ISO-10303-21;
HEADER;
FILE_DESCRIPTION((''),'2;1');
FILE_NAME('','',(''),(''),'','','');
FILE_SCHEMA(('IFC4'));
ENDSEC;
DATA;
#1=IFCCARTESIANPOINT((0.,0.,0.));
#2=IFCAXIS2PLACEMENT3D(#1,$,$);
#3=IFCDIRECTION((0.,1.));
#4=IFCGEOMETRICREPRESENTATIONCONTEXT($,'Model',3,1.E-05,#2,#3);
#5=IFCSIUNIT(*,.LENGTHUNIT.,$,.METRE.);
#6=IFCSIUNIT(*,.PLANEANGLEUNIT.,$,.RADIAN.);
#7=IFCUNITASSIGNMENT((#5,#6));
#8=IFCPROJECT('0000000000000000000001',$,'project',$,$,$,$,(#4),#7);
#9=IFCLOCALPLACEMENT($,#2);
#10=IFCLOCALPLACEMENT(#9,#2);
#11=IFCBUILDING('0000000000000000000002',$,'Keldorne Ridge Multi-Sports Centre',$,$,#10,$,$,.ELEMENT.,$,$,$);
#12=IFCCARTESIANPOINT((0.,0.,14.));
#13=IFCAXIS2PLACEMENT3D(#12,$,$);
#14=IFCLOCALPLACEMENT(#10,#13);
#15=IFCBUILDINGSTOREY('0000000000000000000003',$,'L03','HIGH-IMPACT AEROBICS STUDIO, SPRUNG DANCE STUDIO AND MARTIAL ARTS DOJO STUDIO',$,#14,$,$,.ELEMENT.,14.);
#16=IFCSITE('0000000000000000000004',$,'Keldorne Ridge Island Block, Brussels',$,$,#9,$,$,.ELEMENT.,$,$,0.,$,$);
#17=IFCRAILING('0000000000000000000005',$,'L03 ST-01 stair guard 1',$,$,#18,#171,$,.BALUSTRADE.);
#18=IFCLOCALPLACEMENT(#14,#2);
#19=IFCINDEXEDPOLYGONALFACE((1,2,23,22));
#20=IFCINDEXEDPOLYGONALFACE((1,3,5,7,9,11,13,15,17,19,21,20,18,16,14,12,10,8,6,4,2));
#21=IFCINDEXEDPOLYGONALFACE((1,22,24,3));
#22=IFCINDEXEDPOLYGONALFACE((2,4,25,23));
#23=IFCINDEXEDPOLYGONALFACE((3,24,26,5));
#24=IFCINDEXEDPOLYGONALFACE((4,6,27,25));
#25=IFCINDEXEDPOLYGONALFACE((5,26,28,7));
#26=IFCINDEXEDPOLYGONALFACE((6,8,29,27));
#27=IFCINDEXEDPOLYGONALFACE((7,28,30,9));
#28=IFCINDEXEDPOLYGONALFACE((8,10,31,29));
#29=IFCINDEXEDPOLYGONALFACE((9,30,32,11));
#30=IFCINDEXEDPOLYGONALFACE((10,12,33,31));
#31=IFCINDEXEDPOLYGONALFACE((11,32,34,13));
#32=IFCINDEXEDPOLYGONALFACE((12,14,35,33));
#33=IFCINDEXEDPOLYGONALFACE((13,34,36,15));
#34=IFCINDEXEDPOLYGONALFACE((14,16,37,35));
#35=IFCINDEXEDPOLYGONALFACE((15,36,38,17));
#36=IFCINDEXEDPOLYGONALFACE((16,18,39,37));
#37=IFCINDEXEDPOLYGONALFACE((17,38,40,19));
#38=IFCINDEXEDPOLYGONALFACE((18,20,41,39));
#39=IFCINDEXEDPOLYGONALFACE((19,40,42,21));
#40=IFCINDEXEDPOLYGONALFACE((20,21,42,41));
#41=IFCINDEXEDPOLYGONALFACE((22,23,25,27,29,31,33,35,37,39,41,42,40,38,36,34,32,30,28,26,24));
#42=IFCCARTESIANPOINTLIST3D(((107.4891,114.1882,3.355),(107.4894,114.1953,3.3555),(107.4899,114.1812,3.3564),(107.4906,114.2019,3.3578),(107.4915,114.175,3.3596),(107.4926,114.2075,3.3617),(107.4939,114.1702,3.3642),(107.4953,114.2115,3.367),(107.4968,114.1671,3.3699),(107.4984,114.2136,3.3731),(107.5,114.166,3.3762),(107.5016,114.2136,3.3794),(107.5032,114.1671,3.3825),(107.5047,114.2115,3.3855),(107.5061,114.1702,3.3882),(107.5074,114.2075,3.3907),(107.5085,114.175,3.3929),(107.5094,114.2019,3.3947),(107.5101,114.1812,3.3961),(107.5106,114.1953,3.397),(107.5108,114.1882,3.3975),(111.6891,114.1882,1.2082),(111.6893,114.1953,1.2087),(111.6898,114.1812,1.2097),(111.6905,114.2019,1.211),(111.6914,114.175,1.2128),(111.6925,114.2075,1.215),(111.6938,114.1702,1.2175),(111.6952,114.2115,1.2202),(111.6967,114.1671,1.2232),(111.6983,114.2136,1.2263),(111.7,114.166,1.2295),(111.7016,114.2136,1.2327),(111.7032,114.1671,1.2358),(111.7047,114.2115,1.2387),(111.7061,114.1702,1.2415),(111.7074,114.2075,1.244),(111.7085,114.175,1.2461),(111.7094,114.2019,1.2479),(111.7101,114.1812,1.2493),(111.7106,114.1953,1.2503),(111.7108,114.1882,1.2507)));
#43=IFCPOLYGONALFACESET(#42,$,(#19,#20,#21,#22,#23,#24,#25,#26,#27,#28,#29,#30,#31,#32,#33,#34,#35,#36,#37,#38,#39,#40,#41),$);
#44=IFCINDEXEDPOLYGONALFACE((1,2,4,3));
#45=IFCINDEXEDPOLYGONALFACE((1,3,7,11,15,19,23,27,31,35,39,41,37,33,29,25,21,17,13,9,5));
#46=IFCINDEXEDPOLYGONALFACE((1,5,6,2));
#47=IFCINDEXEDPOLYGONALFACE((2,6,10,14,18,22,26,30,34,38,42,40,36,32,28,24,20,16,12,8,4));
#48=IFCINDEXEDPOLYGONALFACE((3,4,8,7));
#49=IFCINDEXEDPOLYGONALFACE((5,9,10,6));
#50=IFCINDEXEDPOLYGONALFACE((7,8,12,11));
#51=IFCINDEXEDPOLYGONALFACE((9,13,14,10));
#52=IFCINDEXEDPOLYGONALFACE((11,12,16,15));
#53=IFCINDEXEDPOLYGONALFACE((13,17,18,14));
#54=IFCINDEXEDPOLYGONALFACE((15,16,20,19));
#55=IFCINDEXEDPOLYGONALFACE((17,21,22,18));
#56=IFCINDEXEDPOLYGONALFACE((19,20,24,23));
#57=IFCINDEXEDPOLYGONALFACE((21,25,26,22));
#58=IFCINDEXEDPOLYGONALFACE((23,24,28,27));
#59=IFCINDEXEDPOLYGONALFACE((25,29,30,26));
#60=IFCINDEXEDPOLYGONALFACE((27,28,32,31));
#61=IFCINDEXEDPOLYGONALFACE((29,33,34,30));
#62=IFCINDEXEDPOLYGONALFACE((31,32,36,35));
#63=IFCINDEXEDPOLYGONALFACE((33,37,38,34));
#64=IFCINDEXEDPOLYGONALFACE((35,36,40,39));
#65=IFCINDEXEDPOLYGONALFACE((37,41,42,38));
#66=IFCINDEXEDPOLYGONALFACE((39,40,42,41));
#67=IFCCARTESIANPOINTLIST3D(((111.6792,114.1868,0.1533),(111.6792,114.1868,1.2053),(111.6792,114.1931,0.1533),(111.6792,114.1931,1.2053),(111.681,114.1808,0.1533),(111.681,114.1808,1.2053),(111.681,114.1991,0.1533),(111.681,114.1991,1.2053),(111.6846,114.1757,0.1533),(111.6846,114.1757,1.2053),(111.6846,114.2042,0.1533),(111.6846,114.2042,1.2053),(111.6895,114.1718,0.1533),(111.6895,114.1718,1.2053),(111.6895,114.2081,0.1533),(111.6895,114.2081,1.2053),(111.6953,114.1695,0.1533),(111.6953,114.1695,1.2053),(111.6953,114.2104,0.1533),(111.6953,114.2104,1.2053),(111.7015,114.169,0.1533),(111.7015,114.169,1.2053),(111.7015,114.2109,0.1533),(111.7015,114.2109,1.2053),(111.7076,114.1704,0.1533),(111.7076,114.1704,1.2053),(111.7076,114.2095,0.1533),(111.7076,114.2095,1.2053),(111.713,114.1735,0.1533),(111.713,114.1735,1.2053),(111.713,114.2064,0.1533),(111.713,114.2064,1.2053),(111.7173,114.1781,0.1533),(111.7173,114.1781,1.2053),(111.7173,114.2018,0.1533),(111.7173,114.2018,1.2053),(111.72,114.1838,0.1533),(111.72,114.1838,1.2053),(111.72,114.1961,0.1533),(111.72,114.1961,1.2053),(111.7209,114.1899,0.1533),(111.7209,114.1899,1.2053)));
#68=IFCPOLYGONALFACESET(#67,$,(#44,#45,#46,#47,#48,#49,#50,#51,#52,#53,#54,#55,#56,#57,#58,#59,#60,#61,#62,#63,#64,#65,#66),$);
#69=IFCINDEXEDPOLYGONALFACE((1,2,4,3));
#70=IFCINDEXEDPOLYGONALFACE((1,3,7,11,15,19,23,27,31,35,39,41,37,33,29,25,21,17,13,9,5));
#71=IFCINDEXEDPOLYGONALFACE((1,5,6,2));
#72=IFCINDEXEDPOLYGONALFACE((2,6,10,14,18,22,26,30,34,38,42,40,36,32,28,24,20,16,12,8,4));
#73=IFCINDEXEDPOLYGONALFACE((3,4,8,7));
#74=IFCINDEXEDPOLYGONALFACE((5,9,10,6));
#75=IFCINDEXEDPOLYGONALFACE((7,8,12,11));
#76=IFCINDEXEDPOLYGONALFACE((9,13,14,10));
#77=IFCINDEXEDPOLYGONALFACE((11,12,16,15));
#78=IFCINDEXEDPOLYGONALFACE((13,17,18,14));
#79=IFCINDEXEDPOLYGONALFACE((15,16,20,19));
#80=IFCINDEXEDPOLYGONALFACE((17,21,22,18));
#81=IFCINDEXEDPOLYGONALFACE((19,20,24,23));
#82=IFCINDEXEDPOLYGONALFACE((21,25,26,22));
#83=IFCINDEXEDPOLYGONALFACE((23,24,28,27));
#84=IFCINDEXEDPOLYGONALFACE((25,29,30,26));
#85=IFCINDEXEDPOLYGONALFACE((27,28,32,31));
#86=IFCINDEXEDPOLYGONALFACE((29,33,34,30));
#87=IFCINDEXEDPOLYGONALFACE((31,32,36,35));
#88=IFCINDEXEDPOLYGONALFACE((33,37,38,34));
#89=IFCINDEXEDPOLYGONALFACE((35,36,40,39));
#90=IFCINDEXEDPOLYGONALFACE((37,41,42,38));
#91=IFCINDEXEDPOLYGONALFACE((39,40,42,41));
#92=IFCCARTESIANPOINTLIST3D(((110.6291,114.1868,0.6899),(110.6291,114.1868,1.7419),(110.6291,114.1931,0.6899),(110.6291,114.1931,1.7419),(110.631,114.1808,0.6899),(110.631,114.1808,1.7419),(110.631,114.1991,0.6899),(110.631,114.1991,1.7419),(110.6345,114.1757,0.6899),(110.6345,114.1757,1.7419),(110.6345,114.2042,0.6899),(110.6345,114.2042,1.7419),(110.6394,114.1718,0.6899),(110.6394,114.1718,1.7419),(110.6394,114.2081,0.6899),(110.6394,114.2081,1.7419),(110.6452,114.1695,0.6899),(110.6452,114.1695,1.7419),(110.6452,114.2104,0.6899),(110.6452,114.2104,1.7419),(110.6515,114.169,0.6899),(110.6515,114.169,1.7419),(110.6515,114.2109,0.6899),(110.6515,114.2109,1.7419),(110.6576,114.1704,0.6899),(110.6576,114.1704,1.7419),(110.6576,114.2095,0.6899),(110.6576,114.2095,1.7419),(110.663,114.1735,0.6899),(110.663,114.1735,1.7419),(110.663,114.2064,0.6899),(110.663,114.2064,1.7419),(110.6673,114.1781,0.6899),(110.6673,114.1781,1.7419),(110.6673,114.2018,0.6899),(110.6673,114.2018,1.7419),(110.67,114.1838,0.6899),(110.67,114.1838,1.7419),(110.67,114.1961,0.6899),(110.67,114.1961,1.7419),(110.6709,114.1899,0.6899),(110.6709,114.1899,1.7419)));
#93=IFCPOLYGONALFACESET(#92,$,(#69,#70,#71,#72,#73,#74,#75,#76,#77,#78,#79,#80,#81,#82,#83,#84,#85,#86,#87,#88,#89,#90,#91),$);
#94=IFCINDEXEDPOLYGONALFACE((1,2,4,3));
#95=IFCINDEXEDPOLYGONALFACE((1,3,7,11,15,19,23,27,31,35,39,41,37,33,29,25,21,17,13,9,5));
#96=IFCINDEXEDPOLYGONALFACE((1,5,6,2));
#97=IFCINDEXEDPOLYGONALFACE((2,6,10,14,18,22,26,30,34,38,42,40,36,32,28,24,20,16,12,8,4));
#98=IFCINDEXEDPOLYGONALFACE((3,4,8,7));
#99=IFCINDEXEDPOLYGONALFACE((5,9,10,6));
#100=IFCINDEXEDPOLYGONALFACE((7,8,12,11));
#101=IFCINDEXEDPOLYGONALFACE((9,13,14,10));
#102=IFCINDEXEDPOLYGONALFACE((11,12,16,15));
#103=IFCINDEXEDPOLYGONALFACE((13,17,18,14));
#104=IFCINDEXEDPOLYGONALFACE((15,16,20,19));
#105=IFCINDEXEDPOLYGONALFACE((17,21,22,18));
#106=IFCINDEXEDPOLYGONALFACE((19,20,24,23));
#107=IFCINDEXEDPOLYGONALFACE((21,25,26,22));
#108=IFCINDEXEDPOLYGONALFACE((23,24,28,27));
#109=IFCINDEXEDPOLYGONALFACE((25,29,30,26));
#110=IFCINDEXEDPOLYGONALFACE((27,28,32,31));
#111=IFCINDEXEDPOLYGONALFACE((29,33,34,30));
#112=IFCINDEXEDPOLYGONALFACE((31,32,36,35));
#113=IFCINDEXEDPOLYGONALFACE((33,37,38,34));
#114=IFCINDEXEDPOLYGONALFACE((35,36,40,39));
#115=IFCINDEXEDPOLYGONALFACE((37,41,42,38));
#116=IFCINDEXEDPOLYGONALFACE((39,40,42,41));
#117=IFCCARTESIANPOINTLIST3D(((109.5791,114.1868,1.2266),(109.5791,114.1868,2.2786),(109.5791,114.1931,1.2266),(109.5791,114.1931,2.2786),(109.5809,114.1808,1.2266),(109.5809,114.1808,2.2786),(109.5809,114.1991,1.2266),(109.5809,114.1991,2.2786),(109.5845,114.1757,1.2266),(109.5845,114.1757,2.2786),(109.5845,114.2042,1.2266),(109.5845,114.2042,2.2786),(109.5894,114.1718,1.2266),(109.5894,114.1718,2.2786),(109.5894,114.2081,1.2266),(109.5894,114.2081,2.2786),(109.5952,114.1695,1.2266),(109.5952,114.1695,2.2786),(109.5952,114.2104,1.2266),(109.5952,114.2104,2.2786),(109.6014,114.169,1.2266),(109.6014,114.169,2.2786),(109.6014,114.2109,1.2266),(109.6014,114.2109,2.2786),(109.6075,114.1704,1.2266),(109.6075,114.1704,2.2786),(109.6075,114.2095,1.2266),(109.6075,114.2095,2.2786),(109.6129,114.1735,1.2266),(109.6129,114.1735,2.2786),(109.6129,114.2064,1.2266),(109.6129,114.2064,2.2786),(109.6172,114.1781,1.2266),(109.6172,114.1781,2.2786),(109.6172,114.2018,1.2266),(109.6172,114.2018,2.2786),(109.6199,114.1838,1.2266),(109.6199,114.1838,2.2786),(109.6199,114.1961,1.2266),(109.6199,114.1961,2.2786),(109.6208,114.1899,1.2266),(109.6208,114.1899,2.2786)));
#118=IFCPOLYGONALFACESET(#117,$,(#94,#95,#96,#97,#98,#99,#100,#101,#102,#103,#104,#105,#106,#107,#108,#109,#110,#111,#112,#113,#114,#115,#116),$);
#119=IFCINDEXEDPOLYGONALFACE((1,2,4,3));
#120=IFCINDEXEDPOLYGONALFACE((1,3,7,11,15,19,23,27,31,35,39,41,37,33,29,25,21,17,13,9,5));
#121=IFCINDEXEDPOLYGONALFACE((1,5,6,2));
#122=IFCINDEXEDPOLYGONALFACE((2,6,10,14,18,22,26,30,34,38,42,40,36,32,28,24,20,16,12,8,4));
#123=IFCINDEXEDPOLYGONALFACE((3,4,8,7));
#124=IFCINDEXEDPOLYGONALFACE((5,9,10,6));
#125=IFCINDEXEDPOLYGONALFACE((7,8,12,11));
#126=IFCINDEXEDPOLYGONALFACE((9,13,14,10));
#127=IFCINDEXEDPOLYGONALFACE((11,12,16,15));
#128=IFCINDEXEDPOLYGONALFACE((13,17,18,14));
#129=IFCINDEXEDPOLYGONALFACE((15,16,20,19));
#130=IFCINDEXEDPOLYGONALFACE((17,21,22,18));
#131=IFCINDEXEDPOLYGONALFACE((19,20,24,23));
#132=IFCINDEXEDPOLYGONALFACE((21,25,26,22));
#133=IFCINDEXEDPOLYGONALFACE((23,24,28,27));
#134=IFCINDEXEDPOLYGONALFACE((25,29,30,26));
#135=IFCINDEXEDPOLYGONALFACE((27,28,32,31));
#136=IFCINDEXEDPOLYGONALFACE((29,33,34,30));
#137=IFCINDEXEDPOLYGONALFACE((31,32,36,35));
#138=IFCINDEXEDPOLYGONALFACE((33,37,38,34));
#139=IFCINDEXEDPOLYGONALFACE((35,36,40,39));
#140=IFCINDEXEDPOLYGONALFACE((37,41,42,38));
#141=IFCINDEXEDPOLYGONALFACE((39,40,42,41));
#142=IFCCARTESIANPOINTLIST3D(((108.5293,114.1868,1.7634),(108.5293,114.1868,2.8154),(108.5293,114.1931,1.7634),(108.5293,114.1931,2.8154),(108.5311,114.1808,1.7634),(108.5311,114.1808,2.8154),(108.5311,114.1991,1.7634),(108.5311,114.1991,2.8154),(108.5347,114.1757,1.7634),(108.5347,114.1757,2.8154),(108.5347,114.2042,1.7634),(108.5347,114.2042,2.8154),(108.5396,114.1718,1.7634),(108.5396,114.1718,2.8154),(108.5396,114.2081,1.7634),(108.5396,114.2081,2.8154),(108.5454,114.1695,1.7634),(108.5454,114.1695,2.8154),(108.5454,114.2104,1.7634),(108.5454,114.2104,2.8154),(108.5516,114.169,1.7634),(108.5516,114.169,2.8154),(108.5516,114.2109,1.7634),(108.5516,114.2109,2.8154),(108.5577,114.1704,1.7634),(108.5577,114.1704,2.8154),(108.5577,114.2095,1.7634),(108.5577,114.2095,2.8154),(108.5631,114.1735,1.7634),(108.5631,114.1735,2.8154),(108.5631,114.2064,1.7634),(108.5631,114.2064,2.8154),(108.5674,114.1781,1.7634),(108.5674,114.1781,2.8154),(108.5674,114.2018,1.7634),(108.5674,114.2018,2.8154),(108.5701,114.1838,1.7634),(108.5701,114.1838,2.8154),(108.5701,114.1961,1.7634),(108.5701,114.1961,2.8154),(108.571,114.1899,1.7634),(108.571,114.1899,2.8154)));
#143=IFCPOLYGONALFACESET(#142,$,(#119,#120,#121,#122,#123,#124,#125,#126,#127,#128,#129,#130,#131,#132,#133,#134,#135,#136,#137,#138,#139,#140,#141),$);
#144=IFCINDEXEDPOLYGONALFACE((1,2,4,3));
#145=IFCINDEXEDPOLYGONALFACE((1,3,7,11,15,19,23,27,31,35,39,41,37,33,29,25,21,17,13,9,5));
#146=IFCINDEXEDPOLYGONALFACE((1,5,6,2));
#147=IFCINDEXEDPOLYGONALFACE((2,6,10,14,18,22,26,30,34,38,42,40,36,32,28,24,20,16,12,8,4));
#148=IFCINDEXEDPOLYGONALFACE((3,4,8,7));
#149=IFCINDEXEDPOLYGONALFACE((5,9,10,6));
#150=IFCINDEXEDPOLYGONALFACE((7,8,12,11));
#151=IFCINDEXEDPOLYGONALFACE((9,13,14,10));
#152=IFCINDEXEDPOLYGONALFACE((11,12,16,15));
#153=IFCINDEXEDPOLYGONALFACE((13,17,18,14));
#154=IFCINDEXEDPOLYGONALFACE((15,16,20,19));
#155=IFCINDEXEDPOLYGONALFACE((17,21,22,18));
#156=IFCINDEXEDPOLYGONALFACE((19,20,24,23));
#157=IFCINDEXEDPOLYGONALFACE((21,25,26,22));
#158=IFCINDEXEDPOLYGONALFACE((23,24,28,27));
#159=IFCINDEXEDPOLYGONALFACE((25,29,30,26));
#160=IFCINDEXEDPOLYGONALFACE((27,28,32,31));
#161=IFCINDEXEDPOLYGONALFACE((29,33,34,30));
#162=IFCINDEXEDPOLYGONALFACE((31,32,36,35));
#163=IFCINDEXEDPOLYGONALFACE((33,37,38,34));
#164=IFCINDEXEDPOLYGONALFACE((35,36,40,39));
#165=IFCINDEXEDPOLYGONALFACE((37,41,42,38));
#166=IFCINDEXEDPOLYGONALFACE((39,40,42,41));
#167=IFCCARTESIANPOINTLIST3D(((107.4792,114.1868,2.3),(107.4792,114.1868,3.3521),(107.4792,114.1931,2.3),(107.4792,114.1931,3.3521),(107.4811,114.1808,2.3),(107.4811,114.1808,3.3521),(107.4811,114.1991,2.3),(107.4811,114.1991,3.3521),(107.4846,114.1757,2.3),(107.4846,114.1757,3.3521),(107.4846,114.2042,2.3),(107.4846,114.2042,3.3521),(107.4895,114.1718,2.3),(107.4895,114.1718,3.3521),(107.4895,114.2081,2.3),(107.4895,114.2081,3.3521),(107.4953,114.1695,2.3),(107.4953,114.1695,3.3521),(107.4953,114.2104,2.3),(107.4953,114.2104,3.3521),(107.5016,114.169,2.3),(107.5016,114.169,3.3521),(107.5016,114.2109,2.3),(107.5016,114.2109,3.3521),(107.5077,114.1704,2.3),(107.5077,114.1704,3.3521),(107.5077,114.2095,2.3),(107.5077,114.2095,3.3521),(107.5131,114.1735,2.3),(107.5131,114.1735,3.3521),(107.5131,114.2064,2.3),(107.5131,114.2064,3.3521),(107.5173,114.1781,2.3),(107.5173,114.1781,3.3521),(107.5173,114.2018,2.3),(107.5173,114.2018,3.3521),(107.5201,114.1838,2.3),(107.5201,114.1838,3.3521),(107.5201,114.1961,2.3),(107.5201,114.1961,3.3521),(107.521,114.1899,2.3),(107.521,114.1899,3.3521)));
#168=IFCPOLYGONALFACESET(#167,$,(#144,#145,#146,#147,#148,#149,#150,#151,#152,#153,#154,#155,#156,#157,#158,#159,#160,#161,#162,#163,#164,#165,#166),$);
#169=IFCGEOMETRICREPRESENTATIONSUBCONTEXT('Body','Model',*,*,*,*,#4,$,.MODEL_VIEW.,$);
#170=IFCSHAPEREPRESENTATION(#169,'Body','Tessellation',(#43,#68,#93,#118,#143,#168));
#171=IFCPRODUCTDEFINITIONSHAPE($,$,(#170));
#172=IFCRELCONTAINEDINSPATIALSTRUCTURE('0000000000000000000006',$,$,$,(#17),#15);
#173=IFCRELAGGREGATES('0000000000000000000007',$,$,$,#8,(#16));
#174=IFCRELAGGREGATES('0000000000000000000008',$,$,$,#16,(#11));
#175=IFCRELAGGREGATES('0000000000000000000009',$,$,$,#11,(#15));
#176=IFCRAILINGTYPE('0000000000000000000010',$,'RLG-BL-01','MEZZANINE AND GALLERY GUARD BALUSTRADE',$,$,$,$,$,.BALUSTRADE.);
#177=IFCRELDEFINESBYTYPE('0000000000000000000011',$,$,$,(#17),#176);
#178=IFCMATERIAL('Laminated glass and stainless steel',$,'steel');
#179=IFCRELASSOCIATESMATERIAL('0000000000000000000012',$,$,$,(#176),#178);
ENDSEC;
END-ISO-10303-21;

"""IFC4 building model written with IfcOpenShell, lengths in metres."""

from ifc_helpers import new_model, si_unit, direction, frame, origin, origin_2d, place, context, subcontext, project, spatial, circle, extrude, material, type_object, element, save


model = new_model("IFC4")

# Units and contexts
model_context = context("Model", 3, precision=1e-05, world=origin(), true_north=direction((0.0, 1.0)))
body_context = subcontext(model_context, "Body", "Model", "MODEL_VIEW")
ifc_project = project(units=[si_unit("LENGTHUNIT", "METRE"), si_unit("PLANEANGLEUNIT", "RADIAN")], contexts=[model_context])

# Site, building, storey
site_placement = place(None, origin())
site = spatial("IfcSite", under=ifc_project, at=site_placement, Name="Keldorne Ridge Island Block, Brussels", CompositionType="ELEMENT", RefElevation=0.0)
building_placement = place(site_placement, origin())
building = spatial("IfcBuilding", under=site, at=building_placement, Name="Keldorne Ridge Multi-Sports Centre", CompositionType="ELEMENT")
storey_placement = place(building_placement, frame((0.0, 0.0, 14.0)))
storey = spatial("IfcBuildingStorey", under=building, at=storey_placement, Name="L03", Description="HIGH-IMPACT AEROBICS STUDIO, SPRUNG DANCE STUDIO AND MARTIAL ARTS DOJO STUDIO", CompositionType="ELEMENT", Elevation=14.0)

# Railing
ifc_material_1 = material(Name="Laminated glass and stainless steel", Category="steel")
railing_type_1 = type_object("IfcRailingType", Name="RLG-BL-01", Description="MEZZANINE AND GALLERY GUARD BALUSTRADE", PredefinedType="BALUSTRADE", material=ifc_material_1)
railing_1_placement = place(storey_placement, frame((111.7, 114.1899, 0.1533)))
element("IfcRailing", 1, at=railing_1_placement, inside=storey, type_object=railing_type_1, Name="L03 ST-01 stair guard 1", PredefinedType="BALUSTRADE", context=body_context, shape_type="SweptSolid", body=[
    extrude(circle(Radius=0.0239, at=origin_2d()), frame((0.0, 0.0, 1.0762), z_axis=(-0.890427, 0.0, 0.455126), x_axis=(0.0, -1.0, 0.0)), (0.0, 0.0, 1.0), 4.7168),
    extrude(circle(Radius=0.021, at=origin_2d()), origin(), (0.0, 0.0, 1.0), 1.052),
    extrude(circle(Radius=0.021, at=origin_2d()), frame((-1.05, 0.0, 0.5366)), (0.0, 0.0, 1.0), 1.052),
    extrude(circle(Radius=0.021, at=origin_2d()), frame((-2.1001, 0.0, 1.0732)), (0.0, 0.0, 1.0), 1.052),
    extrude(circle(Radius=0.021, at=origin_2d()), frame((-3.1499, 0.0, 1.6101)), (0.0, 0.0, 1.0), 1.052),
    extrude(circle(Radius=0.021, at=origin_2d()), frame((-4.2, 0.0, 2.1467)), (0.0, 0.0, 1.0), 1.052),
])

save(model, "model.ifc")
